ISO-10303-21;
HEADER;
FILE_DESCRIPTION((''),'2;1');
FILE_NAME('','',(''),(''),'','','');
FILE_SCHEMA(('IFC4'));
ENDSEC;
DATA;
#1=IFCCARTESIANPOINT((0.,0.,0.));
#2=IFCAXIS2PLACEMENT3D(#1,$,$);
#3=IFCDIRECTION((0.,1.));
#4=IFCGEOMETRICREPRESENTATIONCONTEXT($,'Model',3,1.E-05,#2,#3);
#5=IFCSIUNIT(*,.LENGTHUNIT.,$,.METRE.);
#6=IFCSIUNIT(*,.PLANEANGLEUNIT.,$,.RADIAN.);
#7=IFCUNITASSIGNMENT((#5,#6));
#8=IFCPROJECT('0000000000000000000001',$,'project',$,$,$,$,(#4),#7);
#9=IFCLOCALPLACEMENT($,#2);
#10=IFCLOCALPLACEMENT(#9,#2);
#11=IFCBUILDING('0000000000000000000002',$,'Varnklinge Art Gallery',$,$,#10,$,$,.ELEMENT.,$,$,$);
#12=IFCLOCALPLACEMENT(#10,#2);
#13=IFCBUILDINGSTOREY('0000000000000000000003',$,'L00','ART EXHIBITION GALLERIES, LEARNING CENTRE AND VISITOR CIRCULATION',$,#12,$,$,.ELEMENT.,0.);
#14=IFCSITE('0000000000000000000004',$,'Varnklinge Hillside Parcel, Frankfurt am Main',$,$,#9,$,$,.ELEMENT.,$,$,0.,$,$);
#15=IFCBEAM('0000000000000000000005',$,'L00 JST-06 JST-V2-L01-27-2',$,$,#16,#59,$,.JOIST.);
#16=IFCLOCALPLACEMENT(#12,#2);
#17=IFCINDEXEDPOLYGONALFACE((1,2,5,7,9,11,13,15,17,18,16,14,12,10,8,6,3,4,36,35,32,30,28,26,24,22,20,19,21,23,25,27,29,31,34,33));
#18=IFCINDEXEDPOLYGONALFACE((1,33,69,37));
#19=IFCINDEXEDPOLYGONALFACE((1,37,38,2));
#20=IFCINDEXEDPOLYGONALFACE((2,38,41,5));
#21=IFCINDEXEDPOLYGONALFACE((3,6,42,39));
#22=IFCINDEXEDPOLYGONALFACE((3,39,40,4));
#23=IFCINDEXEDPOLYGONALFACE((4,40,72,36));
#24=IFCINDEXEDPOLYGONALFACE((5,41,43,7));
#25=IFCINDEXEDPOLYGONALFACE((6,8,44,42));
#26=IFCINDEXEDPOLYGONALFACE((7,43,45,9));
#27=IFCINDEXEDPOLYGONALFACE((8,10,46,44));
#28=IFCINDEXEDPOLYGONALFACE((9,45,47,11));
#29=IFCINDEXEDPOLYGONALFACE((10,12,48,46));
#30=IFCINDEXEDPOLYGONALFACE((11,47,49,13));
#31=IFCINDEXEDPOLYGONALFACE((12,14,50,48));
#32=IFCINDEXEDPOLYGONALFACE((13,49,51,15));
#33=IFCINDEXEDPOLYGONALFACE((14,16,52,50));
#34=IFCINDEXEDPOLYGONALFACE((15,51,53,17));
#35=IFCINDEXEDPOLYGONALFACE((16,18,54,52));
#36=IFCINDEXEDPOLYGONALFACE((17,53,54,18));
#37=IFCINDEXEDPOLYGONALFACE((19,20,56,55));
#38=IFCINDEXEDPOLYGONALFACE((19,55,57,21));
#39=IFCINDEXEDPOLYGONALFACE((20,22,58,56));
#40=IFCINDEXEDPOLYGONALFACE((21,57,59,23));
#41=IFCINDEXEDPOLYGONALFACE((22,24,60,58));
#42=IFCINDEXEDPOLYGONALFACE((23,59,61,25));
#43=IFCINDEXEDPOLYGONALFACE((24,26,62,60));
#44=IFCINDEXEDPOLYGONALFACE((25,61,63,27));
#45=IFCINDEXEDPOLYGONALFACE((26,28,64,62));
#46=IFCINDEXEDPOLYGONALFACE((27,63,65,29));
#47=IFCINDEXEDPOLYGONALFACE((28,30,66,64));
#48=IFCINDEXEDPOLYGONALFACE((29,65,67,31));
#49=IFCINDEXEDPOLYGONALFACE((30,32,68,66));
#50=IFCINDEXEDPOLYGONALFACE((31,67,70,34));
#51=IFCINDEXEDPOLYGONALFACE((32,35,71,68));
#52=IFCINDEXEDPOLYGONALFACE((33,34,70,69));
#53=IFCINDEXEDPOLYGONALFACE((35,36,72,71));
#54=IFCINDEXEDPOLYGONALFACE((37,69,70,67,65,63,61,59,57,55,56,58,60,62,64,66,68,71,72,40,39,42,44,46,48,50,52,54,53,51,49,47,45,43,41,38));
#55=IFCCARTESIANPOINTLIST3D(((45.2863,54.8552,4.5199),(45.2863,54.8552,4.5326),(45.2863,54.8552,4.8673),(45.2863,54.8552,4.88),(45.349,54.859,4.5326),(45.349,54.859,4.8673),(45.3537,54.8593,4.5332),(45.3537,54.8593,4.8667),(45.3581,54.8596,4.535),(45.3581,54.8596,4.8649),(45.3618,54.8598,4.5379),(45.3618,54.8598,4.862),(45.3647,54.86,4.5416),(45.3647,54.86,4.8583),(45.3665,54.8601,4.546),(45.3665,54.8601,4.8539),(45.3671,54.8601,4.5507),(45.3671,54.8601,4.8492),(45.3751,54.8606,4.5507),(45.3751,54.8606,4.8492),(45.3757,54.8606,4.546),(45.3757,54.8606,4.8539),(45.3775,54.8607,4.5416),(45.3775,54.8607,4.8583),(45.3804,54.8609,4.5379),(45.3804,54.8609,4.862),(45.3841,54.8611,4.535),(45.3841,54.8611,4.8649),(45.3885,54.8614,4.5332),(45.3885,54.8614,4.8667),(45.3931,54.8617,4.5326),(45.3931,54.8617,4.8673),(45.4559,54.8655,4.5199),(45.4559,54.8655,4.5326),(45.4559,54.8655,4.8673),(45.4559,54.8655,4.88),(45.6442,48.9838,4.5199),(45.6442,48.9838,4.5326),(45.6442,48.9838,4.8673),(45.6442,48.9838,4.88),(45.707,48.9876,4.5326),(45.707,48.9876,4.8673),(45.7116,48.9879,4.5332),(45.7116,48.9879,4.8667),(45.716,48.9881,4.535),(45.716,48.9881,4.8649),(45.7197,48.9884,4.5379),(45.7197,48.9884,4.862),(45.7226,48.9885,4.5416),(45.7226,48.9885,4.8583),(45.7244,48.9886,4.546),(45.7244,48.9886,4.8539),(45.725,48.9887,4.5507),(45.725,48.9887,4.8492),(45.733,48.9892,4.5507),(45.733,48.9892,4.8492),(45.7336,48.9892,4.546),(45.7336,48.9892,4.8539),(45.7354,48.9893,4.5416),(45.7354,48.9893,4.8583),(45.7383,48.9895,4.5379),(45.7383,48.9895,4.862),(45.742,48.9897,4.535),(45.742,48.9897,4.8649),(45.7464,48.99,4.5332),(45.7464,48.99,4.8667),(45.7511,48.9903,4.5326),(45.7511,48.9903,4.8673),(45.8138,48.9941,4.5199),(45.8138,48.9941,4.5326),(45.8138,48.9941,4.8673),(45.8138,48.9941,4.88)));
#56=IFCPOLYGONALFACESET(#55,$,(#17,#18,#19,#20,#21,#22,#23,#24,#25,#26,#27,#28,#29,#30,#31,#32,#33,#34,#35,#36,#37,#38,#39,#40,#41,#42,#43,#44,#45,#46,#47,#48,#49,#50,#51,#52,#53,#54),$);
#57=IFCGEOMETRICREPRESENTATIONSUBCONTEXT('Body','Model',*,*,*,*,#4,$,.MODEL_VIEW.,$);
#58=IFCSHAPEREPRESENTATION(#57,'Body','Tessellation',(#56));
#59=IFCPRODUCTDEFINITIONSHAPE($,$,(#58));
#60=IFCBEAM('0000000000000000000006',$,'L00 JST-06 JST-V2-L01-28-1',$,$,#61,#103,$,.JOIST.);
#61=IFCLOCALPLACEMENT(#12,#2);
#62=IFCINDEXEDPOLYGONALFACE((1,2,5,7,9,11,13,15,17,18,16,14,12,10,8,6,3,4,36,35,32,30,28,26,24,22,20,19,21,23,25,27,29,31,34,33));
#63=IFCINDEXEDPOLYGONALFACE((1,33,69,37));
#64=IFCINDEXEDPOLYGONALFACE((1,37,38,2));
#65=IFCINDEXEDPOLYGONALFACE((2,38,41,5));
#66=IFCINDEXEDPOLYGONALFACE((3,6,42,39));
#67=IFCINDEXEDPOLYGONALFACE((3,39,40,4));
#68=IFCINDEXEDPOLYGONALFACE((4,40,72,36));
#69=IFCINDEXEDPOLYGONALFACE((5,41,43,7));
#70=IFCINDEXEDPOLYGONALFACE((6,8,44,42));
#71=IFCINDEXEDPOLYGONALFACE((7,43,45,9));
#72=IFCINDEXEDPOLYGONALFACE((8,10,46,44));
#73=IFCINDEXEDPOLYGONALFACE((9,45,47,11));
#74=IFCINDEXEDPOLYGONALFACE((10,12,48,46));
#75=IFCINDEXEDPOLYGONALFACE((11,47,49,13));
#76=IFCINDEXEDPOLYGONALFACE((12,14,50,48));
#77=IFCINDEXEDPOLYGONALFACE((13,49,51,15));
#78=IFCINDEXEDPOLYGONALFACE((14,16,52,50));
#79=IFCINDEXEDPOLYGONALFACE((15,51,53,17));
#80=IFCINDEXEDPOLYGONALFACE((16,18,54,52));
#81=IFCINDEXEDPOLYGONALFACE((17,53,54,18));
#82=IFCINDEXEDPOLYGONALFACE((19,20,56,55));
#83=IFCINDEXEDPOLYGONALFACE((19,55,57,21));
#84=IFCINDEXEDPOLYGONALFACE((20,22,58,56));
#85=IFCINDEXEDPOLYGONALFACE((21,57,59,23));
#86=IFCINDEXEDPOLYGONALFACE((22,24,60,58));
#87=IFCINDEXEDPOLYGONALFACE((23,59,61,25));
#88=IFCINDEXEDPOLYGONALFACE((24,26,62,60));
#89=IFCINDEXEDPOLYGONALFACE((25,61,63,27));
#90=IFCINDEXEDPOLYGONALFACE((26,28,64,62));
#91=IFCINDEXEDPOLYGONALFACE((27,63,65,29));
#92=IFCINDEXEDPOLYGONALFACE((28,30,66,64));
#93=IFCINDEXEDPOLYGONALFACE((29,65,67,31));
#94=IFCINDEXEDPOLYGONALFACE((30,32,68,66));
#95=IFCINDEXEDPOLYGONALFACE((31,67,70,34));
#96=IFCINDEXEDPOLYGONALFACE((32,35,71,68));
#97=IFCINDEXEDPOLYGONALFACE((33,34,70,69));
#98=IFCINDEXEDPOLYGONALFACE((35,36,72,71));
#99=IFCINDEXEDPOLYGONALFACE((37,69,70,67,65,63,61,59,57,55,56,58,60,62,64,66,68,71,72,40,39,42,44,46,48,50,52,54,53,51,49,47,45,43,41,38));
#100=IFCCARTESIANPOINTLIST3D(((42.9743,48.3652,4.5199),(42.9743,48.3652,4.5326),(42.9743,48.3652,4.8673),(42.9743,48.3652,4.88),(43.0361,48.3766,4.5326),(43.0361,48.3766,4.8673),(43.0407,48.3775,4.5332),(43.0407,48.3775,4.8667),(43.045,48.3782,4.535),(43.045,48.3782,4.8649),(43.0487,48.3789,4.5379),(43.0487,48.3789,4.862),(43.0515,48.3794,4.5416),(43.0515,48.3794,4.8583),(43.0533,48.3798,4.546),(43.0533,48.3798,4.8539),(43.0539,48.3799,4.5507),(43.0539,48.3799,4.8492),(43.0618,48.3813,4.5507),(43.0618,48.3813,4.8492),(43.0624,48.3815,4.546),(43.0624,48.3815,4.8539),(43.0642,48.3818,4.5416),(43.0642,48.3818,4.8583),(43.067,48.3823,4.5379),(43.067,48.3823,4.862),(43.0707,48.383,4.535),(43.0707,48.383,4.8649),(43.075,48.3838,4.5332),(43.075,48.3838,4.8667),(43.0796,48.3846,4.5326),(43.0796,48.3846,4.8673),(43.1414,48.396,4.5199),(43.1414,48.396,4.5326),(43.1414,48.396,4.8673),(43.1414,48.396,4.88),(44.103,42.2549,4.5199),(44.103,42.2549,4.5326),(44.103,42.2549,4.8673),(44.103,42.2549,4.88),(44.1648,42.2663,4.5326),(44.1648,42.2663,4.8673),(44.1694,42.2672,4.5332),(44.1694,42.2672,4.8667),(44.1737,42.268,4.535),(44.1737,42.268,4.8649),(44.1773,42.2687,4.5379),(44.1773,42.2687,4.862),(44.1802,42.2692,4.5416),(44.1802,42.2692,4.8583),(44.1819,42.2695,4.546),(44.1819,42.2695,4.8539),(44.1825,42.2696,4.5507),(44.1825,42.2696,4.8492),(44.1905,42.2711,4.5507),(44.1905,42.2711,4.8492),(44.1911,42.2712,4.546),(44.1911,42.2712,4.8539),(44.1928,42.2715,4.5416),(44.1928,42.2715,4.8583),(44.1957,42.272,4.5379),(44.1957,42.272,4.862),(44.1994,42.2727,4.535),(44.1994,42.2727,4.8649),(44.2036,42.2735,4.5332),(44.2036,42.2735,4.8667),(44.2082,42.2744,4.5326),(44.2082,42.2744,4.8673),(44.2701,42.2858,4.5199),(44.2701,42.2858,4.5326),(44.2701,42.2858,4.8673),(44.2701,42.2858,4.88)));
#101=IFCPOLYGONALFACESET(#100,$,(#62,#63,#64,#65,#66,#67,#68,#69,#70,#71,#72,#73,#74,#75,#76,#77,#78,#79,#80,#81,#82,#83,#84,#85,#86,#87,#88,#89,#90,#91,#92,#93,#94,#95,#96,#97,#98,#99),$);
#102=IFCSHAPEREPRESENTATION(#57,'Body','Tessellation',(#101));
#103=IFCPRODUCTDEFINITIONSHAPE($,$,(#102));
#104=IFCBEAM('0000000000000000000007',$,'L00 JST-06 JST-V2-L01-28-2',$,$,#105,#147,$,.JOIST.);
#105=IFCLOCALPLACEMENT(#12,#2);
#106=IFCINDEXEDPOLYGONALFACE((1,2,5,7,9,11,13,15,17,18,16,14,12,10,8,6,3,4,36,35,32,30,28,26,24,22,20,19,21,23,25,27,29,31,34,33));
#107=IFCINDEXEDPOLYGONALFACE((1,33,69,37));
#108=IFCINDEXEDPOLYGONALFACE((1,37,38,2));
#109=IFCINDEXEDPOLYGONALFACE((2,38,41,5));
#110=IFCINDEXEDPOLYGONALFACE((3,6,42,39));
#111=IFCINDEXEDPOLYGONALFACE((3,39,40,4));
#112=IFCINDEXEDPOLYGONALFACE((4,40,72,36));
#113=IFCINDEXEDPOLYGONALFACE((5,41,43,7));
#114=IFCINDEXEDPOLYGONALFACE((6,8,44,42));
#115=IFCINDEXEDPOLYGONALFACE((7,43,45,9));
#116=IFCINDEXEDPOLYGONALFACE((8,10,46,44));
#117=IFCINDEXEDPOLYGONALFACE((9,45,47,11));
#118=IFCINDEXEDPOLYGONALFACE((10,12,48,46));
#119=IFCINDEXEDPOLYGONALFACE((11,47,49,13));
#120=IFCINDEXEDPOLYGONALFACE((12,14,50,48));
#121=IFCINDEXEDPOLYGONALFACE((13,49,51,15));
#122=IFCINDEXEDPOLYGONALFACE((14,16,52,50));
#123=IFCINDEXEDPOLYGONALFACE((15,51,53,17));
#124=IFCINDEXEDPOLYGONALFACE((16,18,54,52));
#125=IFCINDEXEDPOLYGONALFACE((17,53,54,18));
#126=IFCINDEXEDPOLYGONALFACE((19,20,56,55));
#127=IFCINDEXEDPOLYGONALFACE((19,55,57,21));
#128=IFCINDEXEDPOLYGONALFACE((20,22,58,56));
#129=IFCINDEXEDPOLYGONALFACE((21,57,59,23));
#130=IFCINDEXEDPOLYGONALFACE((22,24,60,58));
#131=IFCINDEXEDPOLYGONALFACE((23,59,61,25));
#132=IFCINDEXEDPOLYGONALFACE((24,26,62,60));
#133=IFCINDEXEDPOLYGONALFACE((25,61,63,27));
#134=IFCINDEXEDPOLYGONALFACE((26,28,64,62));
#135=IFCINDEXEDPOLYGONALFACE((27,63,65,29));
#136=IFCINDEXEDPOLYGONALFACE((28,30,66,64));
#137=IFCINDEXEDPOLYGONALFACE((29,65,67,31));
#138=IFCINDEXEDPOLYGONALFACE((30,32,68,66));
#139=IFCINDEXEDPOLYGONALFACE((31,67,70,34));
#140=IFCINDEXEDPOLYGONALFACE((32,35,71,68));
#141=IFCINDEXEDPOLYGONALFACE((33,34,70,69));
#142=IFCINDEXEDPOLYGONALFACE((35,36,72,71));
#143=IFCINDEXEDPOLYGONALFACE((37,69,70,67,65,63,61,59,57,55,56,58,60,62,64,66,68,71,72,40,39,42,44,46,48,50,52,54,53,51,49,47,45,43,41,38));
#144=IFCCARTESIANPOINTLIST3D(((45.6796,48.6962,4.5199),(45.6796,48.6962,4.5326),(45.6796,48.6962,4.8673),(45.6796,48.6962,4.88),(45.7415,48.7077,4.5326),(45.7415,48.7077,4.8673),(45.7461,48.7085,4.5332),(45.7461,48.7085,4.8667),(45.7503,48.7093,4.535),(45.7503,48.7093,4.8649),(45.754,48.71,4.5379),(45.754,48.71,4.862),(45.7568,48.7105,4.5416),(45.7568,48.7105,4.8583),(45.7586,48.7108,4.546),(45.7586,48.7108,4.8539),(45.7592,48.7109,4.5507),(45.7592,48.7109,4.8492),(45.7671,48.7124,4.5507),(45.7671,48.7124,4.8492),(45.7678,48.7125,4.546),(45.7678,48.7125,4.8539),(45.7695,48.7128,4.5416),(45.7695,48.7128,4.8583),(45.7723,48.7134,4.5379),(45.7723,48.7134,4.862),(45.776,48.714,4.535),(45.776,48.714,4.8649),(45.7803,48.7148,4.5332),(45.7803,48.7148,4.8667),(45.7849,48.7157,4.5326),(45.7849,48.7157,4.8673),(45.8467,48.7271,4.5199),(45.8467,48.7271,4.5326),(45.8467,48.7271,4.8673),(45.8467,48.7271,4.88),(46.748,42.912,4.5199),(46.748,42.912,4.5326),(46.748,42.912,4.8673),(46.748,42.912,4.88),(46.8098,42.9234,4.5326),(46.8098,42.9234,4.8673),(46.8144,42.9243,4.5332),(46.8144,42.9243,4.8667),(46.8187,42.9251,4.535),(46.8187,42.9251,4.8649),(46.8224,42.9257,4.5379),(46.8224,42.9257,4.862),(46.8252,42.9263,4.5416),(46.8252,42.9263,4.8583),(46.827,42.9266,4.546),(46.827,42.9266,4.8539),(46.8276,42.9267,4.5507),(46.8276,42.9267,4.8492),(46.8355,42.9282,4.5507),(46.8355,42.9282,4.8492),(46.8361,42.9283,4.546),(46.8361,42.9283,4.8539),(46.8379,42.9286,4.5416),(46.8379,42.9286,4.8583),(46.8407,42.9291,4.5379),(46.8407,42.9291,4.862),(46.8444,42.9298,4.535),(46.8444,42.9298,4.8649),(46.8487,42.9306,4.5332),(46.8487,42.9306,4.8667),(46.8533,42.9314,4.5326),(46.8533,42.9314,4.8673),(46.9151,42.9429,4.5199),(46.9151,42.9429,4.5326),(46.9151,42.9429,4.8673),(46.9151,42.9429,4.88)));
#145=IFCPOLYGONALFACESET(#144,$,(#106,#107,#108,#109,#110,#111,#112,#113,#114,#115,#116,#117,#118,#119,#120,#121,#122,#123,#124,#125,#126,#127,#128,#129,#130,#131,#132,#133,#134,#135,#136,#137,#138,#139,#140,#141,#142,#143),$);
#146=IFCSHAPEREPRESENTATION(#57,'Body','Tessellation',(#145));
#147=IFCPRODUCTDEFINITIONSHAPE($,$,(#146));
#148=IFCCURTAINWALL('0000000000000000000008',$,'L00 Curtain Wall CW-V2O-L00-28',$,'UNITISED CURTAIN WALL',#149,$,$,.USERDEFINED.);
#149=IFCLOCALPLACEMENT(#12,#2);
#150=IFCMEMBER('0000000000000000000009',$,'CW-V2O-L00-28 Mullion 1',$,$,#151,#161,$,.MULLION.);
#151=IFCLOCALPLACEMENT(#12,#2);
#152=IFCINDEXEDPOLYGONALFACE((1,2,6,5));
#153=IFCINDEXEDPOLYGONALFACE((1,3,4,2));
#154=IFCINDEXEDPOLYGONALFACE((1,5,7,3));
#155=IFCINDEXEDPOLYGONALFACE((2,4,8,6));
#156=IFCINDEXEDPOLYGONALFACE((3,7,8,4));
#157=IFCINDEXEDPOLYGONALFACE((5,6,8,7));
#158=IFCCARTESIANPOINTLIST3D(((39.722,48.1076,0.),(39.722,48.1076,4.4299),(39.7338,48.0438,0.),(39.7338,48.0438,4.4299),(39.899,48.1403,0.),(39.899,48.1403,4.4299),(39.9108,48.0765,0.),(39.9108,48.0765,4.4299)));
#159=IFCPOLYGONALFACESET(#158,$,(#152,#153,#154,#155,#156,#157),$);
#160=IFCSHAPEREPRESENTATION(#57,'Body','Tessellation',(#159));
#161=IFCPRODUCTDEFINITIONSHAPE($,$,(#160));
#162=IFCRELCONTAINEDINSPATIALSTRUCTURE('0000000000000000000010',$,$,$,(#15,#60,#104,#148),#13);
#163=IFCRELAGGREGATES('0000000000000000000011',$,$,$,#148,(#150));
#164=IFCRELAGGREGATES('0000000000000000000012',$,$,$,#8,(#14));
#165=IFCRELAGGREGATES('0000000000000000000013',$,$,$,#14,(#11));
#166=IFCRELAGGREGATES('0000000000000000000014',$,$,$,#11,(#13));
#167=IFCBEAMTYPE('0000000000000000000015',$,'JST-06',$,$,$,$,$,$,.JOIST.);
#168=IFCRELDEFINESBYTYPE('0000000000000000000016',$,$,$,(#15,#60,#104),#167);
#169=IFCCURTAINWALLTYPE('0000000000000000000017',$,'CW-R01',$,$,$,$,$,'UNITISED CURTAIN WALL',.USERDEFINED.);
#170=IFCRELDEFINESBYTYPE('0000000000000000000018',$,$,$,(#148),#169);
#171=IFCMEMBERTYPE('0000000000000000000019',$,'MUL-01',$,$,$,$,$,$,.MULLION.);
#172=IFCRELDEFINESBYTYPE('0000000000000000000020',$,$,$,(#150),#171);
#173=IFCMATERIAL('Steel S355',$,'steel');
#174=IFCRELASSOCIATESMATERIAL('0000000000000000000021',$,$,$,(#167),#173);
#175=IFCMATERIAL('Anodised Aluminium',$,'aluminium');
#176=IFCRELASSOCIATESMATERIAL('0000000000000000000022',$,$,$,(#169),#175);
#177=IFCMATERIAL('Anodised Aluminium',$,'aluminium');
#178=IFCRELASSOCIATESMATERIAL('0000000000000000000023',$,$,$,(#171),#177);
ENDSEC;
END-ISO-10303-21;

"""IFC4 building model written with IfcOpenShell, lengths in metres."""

from ifc_helpers import new_model, si_unit, direction, frame, origin, origin_2d, place, context, subcontext, project, spatial, rectangle, i_section, extrude, material, material_profile, profile_set, type_object, element, aggregate, save


model = new_model("IFC4")

# Units and contexts
model_context = context("Model", 3, precision=1e-05, world=origin(), true_north=direction((0.0, 1.0)))
body_context = subcontext(model_context, "Body", "Model", "MODEL_VIEW")
ifc_project = project(units=[si_unit("LENGTHUNIT", "METRE"), si_unit("PLANEANGLEUNIT", "RADIAN")], contexts=[model_context])

# Site, building, storey
site_placement = place(None, origin())
site = spatial("IfcSite", under=ifc_project, at=site_placement, Name="Varnklinge Hillside Parcel, Frankfurt am Main", CompositionType="ELEMENT", RefElevation=0.0)
building_placement = place(site_placement, origin())
building = spatial("IfcBuilding", under=site, at=building_placement, Name="Varnklinge Art Gallery", CompositionType="ELEMENT")
storey_placement = place(building_placement, origin())
storey = spatial("IfcBuildingStorey", under=building, at=storey_placement, Name="L00", Description="ART EXHIBITION GALLERIES, LEARNING CENTRE AND VISITOR CIRCULATION", CompositionType="ELEMENT", Elevation=0.0)

# Beams
ifc_material_1 = material(Name="Steel S355", Category="steel")
ifc_material_profile_1 = material_profile(ifc_material_1, i_section(OverallWidth=0.1699, OverallDepth=0.3601, WebThickness=0.0081, FlangeThickness=0.0127, FilletRadius=0.0181, at=origin_2d()), Name="IPE 360")
ifc_profile_set_1 = profile_set([ifc_material_profile_1], Name="Steel S355")
beam_type_1 = type_object("IfcBeamType", Name="JST-06", PredefinedType="JOIST", material=ifc_profile_set_1)
beam_1_placement = place(storey_placement, frame((45.3711, 54.8604, 4.7), z_axis=(0.060846, -0.998147, 0.0), x_axis=(0.998147, 0.060846, 0.0)))
element("IfcBeam", 1, at=beam_1_placement, inside=storey, type_object=beam_type_1, Name="L00 JST-06 JST-V2-L01-27-2", PredefinedType="JOIST", context=body_context, shape_type="SweptSolid", body=[
    extrude(i_section(OverallWidth=0.1699, OverallDepth=0.3601, WebThickness=0.0081, FlangeThickness=0.0127, FilletRadius=0.0181, at=origin_2d()), origin(), (0.0, 0.0, 1.0), 5.8823),
])
beam_2_placement = place(storey_placement, frame((43.0579, 48.3806, 4.7), z_axis=(0.18164, -0.983365, 0.0), x_axis=(0.983365, 0.18164, 0.0)))
element("IfcBeam", 2, at=beam_2_placement, inside=storey, type_object=beam_type_1, Name="L00 JST-06 JST-V2-L01-28-1", PredefinedType="JOIST", context=body_context, shape_type="SweptSolid", body=[
    extrude(i_section(OverallWidth=0.1699, OverallDepth=0.3601, WebThickness=0.0081, FlangeThickness=0.0127, FilletRadius=0.0181, at=origin_2d()), origin(), (0.0, 0.0, 1.0), 6.2136),
])
beam_3_placement = place(storey_placement, frame((45.7632, 48.7117, 4.7), z_axis=(0.181631, -0.983367, 0.0), x_axis=(0.983367, 0.181631, 0.0)))
element("IfcBeam", 3, at=beam_3_placement, inside=storey, type_object=beam_type_1, Name="L00 JST-06 JST-V2-L01-28-2", PredefinedType="JOIST", context=body_context, shape_type="SweptSolid", body=[
    extrude(i_section(OverallWidth=0.1699, OverallDepth=0.3601, WebThickness=0.0081, FlangeThickness=0.0127, FilletRadius=0.0181, at=origin_2d()), origin(), (0.0, 0.0, 1.0), 5.8821),
])

# Curtain wall, member
ifc_material_2 = material(Name="Anodised Aluminium", Category="aluminium")
curtain_wall_type = type_object("IfcCurtainWallType", Name="CW-R01", ElementType="UNITISED CURTAIN WALL", PredefinedType="USERDEFINED", material=ifc_material_2)
curtain_wall_placement = place(storey_placement, origin())
curtain_wall = element("IfcCurtainWall", 4, at=curtain_wall_placement, inside=storey, type_object=curtain_wall_type, Name="L00 Curtain Wall CW-V2O-L00-28", ObjectType="UNITISED CURTAIN WALL", PredefinedType="USERDEFINED")
ifc_material_3 = material(Name="Anodised Aluminium", Category="aluminium")
ifc_material_profile_2 = material_profile(ifc_material_3, rectangle(XDim=0.0649, YDim=0.1799, at=origin_2d()), Name="ALU 65x180")
ifc_profile_set_2 = profile_set([ifc_material_profile_2], Name="Anodised Aluminium")
member_type_1 = type_object("IfcMemberType", Name="MUL-01", PredefinedType="MULLION", material=ifc_profile_set_2)
member_1_placement = place(storey_placement, frame((39.8164, 48.092, 0.0), z_axis=(0.0, 0.0, 1.0), x_axis=(0.181721, -0.98335, 0.0)))
member_1 = element("IfcMember", 5, at=member_1_placement, type_object=member_type_1, Name="CW-V2O-L00-28 Mullion 1", PredefinedType="MULLION", context=body_context, shape_type="SweptSolid", body=[
    extrude(rectangle(XDim=0.0649, YDim=0.1799, at=origin_2d()), origin(), (0.0, 0.0, 1.0), 4.4299),
])

aggregate(curtain_wall, [member_1])

save(model, "model.ifc")
